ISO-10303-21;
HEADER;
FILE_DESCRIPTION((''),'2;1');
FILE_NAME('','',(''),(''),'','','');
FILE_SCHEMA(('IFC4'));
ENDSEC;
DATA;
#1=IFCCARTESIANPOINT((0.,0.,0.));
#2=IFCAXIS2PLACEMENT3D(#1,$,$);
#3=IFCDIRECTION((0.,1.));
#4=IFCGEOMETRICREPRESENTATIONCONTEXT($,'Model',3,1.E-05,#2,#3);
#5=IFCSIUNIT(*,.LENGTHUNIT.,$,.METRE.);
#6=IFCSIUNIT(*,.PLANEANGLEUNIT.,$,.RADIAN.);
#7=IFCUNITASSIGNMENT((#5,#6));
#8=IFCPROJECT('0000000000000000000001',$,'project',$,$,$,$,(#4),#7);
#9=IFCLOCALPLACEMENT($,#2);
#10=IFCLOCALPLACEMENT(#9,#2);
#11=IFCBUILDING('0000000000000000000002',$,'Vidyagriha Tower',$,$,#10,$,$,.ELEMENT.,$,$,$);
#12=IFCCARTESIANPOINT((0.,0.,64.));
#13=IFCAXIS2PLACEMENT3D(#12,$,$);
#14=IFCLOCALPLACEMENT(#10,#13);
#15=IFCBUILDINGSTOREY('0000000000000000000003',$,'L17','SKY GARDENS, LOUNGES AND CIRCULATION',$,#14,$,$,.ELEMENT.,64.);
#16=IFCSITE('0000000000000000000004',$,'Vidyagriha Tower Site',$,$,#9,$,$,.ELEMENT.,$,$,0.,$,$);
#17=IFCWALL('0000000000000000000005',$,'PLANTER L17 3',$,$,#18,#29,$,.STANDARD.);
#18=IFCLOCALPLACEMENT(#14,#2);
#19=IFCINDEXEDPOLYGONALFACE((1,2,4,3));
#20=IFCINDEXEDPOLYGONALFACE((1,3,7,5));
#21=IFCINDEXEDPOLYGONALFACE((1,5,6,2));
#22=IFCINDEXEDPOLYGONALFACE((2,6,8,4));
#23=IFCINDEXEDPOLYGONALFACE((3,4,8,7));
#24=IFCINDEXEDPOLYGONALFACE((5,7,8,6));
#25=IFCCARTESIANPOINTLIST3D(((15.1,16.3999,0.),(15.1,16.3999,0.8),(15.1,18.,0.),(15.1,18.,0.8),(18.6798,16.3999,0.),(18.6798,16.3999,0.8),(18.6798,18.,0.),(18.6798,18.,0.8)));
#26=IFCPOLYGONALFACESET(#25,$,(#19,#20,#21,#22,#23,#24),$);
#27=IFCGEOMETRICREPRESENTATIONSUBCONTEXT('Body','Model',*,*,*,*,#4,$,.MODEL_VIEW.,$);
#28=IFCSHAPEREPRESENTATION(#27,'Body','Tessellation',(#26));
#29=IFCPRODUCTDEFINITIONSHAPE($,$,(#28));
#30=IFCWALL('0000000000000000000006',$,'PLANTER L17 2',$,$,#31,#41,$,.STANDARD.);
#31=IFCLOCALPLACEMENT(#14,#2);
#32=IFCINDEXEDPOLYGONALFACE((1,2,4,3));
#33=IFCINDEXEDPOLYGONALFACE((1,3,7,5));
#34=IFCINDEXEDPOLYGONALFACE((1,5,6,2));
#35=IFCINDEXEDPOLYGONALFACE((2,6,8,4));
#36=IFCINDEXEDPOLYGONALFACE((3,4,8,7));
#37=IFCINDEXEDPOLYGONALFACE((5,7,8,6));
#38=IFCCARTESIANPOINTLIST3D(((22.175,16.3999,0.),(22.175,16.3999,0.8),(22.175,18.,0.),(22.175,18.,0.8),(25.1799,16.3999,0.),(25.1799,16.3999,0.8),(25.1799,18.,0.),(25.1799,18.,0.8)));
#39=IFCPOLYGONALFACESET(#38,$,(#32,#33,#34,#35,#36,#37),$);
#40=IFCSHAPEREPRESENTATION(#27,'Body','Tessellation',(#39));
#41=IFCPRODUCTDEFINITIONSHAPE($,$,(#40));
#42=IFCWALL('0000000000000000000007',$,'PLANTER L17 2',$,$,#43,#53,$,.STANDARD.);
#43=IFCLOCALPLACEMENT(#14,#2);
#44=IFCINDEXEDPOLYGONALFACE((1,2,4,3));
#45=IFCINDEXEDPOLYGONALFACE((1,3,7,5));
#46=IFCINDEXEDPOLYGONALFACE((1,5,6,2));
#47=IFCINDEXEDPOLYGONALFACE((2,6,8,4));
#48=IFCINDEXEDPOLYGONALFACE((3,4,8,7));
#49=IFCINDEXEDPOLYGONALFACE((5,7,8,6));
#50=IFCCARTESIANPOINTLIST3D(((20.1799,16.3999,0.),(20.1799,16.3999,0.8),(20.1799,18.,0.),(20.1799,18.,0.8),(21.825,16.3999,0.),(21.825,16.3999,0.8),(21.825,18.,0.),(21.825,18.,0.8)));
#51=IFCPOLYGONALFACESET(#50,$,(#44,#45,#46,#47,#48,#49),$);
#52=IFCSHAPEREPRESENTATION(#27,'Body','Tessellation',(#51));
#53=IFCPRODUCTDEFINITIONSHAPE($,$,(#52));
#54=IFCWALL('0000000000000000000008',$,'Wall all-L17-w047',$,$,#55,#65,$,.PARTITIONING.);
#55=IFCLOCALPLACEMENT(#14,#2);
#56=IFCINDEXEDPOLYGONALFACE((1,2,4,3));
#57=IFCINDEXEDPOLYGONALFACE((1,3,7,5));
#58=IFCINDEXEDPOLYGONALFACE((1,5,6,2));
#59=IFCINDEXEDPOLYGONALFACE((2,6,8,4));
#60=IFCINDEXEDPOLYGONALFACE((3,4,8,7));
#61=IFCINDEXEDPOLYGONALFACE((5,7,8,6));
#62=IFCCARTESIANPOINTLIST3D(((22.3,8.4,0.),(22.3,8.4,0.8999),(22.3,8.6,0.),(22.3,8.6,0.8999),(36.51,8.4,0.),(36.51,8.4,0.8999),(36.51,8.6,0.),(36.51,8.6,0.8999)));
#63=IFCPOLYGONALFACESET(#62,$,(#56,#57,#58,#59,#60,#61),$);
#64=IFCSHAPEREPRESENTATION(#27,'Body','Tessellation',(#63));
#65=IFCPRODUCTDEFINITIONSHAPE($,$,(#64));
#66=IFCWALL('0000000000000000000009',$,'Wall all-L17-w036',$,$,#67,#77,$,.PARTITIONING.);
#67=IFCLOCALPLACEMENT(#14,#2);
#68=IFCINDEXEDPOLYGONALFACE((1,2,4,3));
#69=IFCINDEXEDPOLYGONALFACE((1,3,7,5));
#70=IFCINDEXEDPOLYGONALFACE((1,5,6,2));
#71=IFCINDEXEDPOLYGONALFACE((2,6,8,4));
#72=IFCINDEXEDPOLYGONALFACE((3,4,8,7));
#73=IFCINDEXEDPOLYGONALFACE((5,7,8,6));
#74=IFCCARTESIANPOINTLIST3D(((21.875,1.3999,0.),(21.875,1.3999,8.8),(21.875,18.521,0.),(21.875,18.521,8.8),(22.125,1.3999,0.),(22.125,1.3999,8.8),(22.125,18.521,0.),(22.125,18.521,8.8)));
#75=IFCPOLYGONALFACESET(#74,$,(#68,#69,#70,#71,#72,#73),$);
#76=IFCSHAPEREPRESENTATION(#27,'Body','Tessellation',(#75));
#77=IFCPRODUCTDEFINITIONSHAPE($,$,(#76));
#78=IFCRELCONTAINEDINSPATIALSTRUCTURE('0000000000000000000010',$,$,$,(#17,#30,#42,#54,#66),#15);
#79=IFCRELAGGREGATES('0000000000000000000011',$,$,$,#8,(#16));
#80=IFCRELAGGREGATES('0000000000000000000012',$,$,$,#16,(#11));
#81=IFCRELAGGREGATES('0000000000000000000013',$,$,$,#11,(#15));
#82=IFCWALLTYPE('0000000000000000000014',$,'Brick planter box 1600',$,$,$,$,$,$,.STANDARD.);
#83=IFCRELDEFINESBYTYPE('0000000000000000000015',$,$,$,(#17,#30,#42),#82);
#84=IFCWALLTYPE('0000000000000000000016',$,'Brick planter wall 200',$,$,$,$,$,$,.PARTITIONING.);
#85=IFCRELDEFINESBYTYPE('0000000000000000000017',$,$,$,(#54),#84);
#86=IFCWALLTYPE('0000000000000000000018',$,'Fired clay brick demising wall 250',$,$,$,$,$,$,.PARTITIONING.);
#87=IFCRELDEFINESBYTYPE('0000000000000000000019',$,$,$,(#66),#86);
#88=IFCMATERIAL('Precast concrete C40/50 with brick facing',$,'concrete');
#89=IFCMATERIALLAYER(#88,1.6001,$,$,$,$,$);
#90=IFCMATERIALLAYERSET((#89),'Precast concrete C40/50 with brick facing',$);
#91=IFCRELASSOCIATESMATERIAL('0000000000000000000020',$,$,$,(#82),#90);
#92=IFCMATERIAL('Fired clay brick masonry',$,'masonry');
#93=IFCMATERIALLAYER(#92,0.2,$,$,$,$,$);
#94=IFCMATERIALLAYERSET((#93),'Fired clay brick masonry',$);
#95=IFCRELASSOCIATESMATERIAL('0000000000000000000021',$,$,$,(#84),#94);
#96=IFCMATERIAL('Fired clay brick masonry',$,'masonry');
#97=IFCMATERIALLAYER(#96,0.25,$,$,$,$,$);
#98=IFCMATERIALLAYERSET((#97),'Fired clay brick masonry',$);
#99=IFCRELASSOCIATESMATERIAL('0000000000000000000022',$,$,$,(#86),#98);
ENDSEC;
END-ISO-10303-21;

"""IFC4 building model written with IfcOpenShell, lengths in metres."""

from ifc_helpers import new_model, si_unit, direction, frame, frame_2d, origin, place, context, subcontext, project, spatial, rectangle, extrude, material, layer, layer_set, type_object, element, save


model = new_model("IFC4")

# Units and contexts
model_context = context("Model", 3, precision=1e-05, world=origin(), true_north=direction((0.0, 1.0)))
body_context = subcontext(model_context, "Body", "Model", "MODEL_VIEW")
ifc_project = project(units=[si_unit("LENGTHUNIT", "METRE"), si_unit("PLANEANGLEUNIT", "RADIAN")], contexts=[model_context])

# Site, building, storey
site_placement = place(None, origin())
site = spatial("IfcSite", under=ifc_project, at=site_placement, Name="Vidyagriha Tower Site", CompositionType="ELEMENT", RefElevation=0.0)
building_placement = place(site_placement, origin())
building = spatial("IfcBuilding", under=site, at=building_placement, Name="Vidyagriha Tower", CompositionType="ELEMENT")
storey_placement = place(building_placement, frame((0.0, 0.0, 64.0)))
storey = spatial("IfcBuildingStorey", under=building, at=storey_placement, Name="L17", Description="SKY GARDENS, LOUNGES AND CIRCULATION", CompositionType="ELEMENT", Elevation=64.0)

# Walls
ifc_material_1 = material(Name="Precast concrete C40/50 with brick facing", Category="concrete")
ifc_layer_1 = layer(ifc_material_1, 1.6001)
ifc_layer_set_1 = layer_set([ifc_layer_1], Name="Precast concrete C40/50 with brick facing")
wall_type_1 = type_object("IfcWallType", Name="Brick planter box 1600", PredefinedType="STANDARD", material=ifc_layer_set_1)
wall_1_placement = place(storey_placement, frame((18.6799, 17.2, 0.0), z_axis=(0.0, 0.0, 1.0), x_axis=(-1.0, 0.0, 0.0)))
element("IfcWall", 1, at=wall_1_placement, inside=storey, type_object=wall_type_1, Name="PLANTER L17 3", PredefinedType="STANDARD", context=body_context, shape_type="SweptSolid", body=[
    extrude(rectangle(XDim=3.5798, YDim=1.6001, at=frame_2d((1.79, 0.0))), origin(), (0.0, 0.0, 1.0), 0.8),
])
wall_2_placement = place(storey_placement, frame((25.1799, 17.2, 0.0), z_axis=(0.0, 0.0, 1.0), x_axis=(-1.0, 0.0, 0.0)))
element("IfcWall", 2, at=wall_2_placement, inside=storey, type_object=wall_type_1, Name="PLANTER L17 2", PredefinedType="STANDARD", context=body_context, shape_type="SweptSolid", body=[
    extrude(rectangle(XDim=3.0049, YDim=1.6001, at=frame_2d((1.5024, 0.0))), origin(), (0.0, 0.0, 1.0), 0.8),
])
wall_3_placement = place(storey_placement, frame((21.825, 17.2, 0.0), z_axis=(0.0, 0.0, 1.0), x_axis=(-1.0, 0.0, 0.0)))
element("IfcWall", 3, at=wall_3_placement, inside=storey, type_object=wall_type_1, Name="PLANTER L17 2", PredefinedType="STANDARD", context=body_context, shape_type="SweptSolid", body=[
    extrude(rectangle(XDim=1.645, YDim=1.6001, at=frame_2d((0.8225, 0.0))), origin(), (0.0, 0.0, 1.0), 0.8),
])
ifc_material_2 = material(Name="Fired clay brick masonry", Category="masonry")
ifc_layer_2 = layer(ifc_material_2, 0.2)
ifc_layer_set_2 = layer_set([ifc_layer_2], Name="Fired clay brick masonry")
wall_type_2 = type_object("IfcWallType", Name="Brick planter wall 200", PredefinedType="PARTITIONING", material=ifc_layer_set_2)
wall_4_placement = place(storey_placement, frame((22.3, 8.5, 0.0)))
element("IfcWall", 4, at=wall_4_placement, inside=storey, type_object=wall_type_2, Name="Wall all-L17-w047", PredefinedType="PARTITIONING", context=body_context, shape_type="SweptSolid", body=[
    extrude(rectangle(XDim=14.21, YDim=0.2, at=frame_2d((7.105, 0.0))), origin(), (0.0, 0.0, 1.0), 0.8999),
])
ifc_material_3 = material(Name="Fired clay brick masonry", Category="masonry")
ifc_layer_3 = layer(ifc_material_3, 0.25)
ifc_layer_set_3 = layer_set([ifc_layer_3], Name="Fired clay brick masonry")
wall_type_3 = type_object("IfcWallType", Name="Fired clay brick demising wall 250", PredefinedType="PARTITIONING", material=ifc_layer_set_3)
wall_5_placement = place(storey_placement, frame((22.0, 18.521, 0.0), z_axis=(0.0, 0.0, 1.0), x_axis=(0.0, -1.0, 0.0)))
element("IfcWall", 5, at=wall_5_placement, inside=storey, type_object=wall_type_3, Name="Wall all-L17-w036", PredefinedType="PARTITIONING", context=body_context, shape_type="SweptSolid", body=[
    extrude(rectangle(XDim=17.1211, YDim=0.25, at=frame_2d((8.5605, 0.0))), origin(), (0.0, 0.0, 1.0), 8.8),
])

save(model, "model.ifc")
